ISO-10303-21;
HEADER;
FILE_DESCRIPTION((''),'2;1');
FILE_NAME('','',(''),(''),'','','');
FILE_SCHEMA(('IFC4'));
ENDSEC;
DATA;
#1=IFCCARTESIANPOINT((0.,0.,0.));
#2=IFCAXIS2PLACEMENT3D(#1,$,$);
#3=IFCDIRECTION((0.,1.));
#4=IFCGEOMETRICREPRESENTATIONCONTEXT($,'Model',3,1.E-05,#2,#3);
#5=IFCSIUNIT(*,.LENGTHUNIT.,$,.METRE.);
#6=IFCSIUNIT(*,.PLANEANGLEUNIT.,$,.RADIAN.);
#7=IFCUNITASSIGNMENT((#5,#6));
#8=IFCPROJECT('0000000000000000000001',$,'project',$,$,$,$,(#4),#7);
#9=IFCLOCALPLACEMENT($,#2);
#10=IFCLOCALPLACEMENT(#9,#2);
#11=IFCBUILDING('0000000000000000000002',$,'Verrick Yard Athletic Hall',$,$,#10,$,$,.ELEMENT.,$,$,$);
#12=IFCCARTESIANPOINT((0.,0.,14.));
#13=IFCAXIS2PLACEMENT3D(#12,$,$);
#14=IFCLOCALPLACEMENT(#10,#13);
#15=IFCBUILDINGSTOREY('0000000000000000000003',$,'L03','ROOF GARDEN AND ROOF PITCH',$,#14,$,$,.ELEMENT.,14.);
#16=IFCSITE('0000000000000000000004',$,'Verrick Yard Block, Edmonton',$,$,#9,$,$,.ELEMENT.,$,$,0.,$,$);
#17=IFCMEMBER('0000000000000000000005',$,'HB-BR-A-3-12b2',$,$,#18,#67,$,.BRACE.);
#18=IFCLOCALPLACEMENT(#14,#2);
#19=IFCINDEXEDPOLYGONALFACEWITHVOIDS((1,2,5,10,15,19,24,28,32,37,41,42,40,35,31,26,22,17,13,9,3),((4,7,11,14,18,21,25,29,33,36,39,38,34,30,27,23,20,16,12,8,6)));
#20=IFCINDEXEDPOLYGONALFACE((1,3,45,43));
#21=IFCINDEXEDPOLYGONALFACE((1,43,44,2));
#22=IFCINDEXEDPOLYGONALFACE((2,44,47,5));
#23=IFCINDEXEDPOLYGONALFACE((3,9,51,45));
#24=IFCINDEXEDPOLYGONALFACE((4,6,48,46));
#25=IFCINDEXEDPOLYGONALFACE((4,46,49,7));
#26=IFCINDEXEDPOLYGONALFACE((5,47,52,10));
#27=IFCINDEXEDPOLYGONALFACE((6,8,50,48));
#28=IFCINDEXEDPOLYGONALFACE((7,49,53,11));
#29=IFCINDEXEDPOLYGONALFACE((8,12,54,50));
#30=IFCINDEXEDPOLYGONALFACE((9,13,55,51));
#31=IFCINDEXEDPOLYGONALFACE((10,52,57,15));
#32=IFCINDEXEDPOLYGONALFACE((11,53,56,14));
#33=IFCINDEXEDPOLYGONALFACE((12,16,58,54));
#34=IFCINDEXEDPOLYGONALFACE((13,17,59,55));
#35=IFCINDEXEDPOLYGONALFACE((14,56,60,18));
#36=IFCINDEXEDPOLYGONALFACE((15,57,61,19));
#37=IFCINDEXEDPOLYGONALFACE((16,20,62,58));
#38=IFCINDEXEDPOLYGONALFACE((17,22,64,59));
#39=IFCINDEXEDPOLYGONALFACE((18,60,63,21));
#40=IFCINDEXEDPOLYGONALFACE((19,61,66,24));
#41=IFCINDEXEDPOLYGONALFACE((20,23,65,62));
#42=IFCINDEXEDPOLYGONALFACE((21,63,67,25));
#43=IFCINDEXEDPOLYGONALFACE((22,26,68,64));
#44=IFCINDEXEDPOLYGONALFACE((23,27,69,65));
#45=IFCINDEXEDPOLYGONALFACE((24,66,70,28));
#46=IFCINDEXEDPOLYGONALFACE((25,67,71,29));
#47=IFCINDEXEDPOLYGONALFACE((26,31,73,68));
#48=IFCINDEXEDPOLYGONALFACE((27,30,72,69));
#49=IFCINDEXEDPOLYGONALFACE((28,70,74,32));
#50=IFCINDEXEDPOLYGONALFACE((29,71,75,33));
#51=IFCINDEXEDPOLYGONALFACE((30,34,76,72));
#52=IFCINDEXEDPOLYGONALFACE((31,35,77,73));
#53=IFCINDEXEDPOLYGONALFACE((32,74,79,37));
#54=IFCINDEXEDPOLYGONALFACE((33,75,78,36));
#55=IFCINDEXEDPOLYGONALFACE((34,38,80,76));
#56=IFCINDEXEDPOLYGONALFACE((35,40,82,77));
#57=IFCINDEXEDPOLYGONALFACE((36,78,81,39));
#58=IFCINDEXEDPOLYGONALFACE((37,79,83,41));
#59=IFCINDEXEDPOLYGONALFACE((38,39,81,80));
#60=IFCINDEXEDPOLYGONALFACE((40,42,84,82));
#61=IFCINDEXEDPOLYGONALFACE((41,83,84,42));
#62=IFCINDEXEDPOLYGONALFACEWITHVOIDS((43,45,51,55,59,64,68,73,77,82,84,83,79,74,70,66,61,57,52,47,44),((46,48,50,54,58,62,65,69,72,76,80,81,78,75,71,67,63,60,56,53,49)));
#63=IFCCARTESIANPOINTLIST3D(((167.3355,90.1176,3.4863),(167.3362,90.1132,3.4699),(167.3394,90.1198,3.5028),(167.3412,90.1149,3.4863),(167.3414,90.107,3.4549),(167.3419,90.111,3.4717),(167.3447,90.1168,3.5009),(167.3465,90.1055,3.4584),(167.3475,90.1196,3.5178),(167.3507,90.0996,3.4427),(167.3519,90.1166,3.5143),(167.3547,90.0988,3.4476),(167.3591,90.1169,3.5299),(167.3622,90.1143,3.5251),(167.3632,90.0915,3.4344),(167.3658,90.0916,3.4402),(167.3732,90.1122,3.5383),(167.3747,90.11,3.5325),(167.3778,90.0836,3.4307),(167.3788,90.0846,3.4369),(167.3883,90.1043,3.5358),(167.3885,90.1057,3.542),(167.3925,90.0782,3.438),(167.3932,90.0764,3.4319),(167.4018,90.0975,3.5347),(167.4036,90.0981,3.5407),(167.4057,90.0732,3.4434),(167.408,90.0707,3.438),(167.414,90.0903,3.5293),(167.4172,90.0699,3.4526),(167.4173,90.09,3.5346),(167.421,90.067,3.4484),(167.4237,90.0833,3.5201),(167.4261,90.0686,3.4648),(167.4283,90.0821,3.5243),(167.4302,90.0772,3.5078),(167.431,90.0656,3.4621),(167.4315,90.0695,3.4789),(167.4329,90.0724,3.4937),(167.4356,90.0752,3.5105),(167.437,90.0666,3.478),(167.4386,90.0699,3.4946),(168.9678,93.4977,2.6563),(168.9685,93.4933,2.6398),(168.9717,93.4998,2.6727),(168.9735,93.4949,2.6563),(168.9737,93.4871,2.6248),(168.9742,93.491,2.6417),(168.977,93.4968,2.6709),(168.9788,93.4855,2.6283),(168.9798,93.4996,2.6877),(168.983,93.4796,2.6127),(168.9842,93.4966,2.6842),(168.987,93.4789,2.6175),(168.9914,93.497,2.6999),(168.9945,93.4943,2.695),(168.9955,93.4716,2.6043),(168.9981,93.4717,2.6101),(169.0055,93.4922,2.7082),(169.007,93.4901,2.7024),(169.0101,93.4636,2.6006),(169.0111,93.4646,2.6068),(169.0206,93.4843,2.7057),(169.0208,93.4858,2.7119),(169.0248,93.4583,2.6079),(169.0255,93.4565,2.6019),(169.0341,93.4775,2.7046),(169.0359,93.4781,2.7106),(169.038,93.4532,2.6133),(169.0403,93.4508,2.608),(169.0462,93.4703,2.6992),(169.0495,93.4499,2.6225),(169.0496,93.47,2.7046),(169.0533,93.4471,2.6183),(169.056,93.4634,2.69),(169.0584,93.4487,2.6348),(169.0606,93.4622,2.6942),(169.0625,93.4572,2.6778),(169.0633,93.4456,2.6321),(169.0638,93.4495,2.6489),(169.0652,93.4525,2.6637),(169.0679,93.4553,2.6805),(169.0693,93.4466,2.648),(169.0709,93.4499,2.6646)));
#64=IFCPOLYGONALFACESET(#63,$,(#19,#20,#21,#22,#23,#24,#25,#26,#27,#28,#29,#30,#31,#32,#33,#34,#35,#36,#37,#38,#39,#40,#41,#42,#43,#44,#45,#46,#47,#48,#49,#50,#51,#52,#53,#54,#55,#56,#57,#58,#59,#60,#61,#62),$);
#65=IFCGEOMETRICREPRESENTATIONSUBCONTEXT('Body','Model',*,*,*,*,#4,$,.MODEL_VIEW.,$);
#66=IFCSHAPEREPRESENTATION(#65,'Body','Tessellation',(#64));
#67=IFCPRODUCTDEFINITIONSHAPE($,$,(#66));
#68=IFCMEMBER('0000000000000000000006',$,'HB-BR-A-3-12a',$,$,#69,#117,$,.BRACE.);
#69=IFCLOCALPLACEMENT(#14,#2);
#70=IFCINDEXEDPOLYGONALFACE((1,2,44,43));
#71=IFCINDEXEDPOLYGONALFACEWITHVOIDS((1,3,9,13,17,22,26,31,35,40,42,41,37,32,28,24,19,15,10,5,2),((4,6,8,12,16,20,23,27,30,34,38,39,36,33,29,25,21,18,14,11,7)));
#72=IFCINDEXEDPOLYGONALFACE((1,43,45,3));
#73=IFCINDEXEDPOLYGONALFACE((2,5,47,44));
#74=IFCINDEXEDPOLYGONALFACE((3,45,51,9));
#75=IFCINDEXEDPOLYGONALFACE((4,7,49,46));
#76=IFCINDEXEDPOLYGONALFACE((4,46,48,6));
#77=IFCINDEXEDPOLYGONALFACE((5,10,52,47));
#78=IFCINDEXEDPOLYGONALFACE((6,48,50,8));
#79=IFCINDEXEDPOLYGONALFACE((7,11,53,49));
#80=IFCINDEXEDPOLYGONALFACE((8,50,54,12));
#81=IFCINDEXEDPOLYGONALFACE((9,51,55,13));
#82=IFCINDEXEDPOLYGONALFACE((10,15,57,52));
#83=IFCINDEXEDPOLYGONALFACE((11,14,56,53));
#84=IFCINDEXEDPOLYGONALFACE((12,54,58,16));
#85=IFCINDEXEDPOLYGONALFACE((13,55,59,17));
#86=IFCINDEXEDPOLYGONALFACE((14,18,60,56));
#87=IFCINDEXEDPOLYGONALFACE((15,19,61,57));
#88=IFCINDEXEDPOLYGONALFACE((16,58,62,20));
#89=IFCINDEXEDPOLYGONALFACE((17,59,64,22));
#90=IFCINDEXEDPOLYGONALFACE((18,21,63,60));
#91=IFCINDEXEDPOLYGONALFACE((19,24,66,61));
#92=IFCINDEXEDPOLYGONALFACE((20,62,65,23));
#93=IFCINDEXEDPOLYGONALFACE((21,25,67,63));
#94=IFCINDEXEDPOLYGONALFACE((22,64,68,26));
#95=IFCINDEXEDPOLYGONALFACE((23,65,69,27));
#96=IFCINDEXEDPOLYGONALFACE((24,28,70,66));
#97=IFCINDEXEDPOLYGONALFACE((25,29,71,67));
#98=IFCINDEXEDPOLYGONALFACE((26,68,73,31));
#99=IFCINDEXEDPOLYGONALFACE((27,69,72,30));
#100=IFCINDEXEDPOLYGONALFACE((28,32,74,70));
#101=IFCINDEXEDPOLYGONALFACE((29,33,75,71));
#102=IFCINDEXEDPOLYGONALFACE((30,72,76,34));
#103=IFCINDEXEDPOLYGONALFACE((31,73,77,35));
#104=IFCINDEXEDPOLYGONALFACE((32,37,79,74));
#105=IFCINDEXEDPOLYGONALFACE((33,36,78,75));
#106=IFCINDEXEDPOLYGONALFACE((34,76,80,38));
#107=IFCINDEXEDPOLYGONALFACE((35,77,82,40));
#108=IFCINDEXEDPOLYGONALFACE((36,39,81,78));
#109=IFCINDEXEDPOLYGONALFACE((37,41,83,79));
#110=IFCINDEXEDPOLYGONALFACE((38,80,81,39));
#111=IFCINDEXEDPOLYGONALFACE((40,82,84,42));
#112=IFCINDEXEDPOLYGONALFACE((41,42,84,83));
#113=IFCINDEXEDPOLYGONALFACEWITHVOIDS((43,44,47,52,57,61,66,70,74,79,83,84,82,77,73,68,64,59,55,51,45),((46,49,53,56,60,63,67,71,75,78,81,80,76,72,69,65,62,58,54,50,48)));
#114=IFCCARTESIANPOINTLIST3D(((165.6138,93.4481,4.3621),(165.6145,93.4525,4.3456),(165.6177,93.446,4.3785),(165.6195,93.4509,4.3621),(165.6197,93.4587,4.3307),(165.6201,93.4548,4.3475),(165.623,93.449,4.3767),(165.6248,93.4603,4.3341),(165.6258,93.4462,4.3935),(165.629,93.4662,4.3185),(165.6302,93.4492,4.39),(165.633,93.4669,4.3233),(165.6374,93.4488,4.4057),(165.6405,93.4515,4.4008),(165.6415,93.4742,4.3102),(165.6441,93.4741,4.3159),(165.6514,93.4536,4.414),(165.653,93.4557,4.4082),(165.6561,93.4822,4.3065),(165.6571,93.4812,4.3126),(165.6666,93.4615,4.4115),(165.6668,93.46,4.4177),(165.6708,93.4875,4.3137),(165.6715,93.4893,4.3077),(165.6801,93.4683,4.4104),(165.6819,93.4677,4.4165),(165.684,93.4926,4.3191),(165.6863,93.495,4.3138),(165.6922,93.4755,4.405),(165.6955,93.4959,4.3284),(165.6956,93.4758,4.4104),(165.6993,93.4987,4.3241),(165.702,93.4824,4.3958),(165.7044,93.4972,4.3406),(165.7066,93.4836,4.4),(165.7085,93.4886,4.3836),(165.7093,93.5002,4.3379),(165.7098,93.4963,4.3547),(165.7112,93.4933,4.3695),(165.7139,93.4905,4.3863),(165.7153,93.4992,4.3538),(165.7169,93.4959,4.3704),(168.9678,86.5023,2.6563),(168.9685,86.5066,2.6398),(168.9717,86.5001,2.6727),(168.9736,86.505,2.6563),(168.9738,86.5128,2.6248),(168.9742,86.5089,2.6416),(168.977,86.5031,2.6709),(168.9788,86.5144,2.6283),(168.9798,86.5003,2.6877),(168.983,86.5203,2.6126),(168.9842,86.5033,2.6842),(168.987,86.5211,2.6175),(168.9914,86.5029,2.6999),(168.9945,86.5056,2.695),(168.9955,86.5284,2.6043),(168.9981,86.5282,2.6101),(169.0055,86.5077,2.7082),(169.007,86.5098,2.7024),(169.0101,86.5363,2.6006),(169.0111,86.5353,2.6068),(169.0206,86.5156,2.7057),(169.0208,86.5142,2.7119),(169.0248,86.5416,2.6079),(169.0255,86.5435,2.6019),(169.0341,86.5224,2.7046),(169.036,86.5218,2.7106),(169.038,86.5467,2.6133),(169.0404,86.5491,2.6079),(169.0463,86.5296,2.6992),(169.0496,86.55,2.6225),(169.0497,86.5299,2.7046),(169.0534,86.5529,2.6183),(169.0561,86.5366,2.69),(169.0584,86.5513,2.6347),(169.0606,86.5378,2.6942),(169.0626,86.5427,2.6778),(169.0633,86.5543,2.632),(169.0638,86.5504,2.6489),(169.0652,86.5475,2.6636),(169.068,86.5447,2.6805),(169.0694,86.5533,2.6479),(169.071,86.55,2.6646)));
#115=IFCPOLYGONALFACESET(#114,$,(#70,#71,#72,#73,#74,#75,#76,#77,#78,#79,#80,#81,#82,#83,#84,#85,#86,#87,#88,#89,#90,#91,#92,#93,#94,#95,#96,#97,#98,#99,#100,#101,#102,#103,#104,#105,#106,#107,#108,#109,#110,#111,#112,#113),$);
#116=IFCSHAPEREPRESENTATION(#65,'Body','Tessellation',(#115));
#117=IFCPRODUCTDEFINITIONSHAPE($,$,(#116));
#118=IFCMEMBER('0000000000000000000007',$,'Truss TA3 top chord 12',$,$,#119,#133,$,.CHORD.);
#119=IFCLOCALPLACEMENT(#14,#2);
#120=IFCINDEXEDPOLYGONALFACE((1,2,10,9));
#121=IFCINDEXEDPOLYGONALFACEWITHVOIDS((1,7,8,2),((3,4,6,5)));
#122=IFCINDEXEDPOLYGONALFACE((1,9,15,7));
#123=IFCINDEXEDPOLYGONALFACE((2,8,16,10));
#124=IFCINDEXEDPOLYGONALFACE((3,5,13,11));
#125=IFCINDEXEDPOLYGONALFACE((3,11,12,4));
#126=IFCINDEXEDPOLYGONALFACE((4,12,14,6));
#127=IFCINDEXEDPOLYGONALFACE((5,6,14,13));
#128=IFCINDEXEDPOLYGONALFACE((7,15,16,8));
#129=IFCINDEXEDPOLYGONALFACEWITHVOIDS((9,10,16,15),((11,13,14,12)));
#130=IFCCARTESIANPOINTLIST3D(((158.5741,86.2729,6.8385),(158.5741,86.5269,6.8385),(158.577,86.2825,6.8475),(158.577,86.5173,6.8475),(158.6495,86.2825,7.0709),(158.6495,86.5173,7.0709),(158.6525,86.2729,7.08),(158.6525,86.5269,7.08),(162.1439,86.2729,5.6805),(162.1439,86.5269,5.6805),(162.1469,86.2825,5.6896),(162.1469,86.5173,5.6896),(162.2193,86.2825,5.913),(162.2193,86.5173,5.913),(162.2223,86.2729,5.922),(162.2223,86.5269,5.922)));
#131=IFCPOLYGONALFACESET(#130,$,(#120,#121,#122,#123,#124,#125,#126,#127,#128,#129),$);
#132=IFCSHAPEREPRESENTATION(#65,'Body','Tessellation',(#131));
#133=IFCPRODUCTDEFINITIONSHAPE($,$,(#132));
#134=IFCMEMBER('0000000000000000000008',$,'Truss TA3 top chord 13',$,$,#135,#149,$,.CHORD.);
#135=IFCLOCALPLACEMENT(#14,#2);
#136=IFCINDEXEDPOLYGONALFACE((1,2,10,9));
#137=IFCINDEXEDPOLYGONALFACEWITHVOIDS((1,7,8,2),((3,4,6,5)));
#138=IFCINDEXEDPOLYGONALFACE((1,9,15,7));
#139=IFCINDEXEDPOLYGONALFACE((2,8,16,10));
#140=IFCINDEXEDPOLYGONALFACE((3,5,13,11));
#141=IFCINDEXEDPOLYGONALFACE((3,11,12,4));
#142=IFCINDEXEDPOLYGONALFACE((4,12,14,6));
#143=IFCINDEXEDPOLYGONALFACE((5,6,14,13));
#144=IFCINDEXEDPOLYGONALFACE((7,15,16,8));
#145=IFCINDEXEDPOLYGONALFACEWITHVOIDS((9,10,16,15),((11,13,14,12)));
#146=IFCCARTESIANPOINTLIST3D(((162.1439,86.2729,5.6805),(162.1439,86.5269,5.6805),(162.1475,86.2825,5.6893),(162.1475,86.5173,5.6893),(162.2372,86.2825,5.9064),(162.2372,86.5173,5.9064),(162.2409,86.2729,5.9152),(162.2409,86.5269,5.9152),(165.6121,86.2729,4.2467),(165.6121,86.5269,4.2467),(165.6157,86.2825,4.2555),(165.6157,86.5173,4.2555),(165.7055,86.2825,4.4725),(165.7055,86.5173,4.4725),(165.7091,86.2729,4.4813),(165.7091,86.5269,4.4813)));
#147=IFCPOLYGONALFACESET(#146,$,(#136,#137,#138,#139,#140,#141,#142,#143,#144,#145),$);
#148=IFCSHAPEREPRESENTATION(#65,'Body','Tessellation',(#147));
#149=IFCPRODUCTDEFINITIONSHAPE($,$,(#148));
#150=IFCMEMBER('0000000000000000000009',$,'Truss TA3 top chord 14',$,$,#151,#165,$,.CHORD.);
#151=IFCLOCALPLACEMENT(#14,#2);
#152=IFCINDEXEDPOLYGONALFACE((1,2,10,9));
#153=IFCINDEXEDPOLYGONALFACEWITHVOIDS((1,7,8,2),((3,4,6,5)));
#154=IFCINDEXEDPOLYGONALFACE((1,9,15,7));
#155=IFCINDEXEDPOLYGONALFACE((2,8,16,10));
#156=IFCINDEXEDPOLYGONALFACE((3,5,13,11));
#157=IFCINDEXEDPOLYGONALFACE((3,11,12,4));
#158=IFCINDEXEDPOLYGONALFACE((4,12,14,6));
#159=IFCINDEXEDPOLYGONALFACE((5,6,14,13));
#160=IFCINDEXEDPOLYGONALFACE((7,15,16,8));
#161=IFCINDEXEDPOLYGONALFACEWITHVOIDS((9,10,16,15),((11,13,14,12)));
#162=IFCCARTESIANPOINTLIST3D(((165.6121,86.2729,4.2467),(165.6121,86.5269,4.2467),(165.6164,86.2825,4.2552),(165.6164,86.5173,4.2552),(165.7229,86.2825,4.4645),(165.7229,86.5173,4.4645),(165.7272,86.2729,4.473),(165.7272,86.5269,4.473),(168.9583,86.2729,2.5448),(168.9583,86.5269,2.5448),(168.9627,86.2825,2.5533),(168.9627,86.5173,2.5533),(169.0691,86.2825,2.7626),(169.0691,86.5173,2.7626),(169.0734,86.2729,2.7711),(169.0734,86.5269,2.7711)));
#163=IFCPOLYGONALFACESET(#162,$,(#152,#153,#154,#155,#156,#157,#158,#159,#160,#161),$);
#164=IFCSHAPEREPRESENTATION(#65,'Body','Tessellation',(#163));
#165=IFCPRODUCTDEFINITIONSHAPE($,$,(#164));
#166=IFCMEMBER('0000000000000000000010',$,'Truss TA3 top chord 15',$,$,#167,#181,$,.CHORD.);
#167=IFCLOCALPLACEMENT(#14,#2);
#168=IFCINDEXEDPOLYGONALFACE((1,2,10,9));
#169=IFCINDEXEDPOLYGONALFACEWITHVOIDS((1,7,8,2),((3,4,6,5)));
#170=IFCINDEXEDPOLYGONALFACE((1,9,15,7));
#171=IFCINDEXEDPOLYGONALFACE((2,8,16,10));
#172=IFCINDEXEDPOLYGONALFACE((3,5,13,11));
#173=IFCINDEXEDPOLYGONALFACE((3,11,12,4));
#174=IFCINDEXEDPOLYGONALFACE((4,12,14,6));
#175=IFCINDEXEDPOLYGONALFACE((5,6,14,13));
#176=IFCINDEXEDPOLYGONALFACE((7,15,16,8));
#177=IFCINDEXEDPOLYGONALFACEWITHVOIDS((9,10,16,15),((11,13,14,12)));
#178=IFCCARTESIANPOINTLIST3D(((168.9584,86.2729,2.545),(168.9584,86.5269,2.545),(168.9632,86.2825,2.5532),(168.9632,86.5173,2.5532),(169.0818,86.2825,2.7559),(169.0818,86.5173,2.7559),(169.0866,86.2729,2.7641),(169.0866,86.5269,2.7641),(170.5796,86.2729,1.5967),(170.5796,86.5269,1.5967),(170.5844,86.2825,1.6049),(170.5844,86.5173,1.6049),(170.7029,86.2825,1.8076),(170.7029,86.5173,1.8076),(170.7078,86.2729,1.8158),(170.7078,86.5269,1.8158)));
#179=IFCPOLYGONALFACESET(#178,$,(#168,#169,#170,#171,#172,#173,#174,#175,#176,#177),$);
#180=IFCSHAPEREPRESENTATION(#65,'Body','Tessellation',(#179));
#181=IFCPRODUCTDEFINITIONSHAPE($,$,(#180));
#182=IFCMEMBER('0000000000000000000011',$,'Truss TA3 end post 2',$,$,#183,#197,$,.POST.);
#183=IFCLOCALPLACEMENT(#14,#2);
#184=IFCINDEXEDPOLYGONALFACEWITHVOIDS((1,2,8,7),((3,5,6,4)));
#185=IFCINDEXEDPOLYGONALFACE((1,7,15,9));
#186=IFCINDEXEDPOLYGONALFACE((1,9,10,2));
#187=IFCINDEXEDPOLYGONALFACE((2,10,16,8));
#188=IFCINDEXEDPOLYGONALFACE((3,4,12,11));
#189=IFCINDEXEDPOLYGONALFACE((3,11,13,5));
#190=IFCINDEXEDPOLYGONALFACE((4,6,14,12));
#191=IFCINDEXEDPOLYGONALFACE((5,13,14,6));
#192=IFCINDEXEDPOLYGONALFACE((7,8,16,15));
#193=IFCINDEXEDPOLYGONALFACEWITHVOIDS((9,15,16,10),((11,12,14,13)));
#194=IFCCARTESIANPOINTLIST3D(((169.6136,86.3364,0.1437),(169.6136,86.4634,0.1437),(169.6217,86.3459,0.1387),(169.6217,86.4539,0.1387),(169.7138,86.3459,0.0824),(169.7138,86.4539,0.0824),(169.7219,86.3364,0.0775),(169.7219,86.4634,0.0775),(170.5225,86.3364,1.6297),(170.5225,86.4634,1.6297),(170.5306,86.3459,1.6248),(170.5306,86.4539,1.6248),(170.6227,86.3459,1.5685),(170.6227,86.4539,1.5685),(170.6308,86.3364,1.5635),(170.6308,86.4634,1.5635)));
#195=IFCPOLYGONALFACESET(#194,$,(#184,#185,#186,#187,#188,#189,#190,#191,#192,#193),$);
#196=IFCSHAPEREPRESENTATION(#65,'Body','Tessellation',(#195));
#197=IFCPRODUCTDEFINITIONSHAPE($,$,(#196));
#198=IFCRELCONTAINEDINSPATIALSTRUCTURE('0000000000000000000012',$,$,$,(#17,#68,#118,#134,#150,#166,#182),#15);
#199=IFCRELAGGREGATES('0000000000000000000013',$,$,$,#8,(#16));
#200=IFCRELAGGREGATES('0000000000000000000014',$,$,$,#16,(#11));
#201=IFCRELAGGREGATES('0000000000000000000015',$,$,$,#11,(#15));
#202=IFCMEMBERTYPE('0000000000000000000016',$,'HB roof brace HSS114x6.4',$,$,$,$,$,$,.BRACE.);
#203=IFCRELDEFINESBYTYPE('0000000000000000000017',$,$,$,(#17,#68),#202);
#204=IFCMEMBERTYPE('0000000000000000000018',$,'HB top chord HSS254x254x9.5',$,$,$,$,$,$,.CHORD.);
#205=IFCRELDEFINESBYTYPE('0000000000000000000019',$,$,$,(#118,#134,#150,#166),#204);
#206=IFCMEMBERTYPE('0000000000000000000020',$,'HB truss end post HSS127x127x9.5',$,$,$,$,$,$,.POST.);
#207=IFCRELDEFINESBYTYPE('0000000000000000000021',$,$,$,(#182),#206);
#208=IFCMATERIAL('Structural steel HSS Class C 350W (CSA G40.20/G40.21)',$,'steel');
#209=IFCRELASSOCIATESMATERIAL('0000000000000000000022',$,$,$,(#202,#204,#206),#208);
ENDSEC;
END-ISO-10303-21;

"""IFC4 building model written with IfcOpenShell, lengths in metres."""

from ifc_helpers import new_model, si_unit, direction, frame, origin, origin_2d, place, context, subcontext, project, spatial, hollow_rectangle, hollow_circle, extrude, material, material_profile, profile_set, type_object, element, save


model = new_model("IFC4")

# Units and contexts
model_context = context("Model", 3, precision=1e-05, world=origin(), true_north=direction((0.0, 1.0)))
body_context = subcontext(model_context, "Body", "Model", "MODEL_VIEW")
ifc_project = project(units=[si_unit("LENGTHUNIT", "METRE"), si_unit("PLANEANGLEUNIT", "RADIAN")], contexts=[model_context])

# Site, building, storey
site_placement = place(None, origin())
site = spatial("IfcSite", under=ifc_project, at=site_placement, Name="Verrick Yard Block, Edmonton", CompositionType="ELEMENT", RefElevation=0.0)
building_placement = place(site_placement, origin())
building = spatial("IfcBuilding", under=site, at=building_placement, Name="Verrick Yard Athletic Hall", CompositionType="ELEMENT")
storey_placement = place(building_placement, frame((0.0, 0.0, 14.0)))
storey = spatial("IfcBuildingStorey", under=building, at=storey_placement, Name="L03", Description="ROOF GARDEN AND ROOF PITCH", CompositionType="ELEMENT", Elevation=14.0)

# Members
ifc_material_1 = material(Name="Structural steel HSS Class C 350W (CSA G40.20/G40.21)", Category="steel")
ifc_material_profile_1 = material_profile(ifc_material_1, hollow_circle(Radius=0.0571, WallThickness=0.0063, at=origin_2d()), Name="HSS114x6.4")
ifc_profile_set_1 = profile_set([ifc_material_profile_1], Name="Structural steel HSS Class C 350W (CSA G40.20/G40.21)")
member_type_1 = type_object("IfcMemberType", Name="HB roof brace HSS114x6.4", PredefinedType="BRACE", material=ifc_profile_set_1)
for number, where, z_axis, x_axis, name in (
    (1, (167.387, 90.0928, 3.4863), (0.424607, 0.879253, -0.215923), (-0.900495, 0.434865, 0.0), "HB-BR-A-3-12b2"),
):
    element("IfcMember", number, at=place(storey_placement, frame(where, z_axis=z_axis, x_axis=x_axis)), inside=storey, type_object=member_type_1, Name=name, PredefinedType="BRACE", context=body_context, shape_type="SweptSolid", body=[
        extrude(hollow_circle(Radius=0.0571, WallThickness=0.0063, at=origin_2d()), origin(), (0.0, 0.0, 1.0), 3.8442),
    ])
member_1_placement = place(storey_placement, frame((169.0193, 86.5271, 2.6562), z_axis=(-0.42458, 0.879263, 0.215937), x_axis=(-0.900508, -0.434839, 0.0)))
element("IfcMember", 2, at=member_1_placement, inside=storey, type_object=member_type_1, Name="HB-BR-A-3-12a", PredefinedType="BRACE", context=body_context, shape_type="SweptSolid", body=[
    extrude(hollow_circle(Radius=0.0571, WallThickness=0.0063, at=origin_2d()), origin(), (0.0, 0.0, 1.0), 7.8997),
])
ifc_material_profile_2 = material_profile(ifc_material_1, hollow_rectangle(XDim=0.2539, YDim=0.2539, WallThickness=0.0095, at=origin_2d()), Name="HSS254x254x9.5")
ifc_profile_set_2 = profile_set([ifc_material_profile_2], Name="Structural steel HSS Class C 350W (CSA G40.20/G40.21)")
member_type_2 = type_object("IfcMemberType", Name="HB top chord HSS254x254x9.5", PredefinedType="CHORD", material=ifc_profile_set_2)
for number, where, z_axis, x_axis, name in (
    (3, (158.6133, 86.3999, 6.9592), (0.951209, 0.0, -0.308548), (0.0, 1.0, 0.0), "Truss TA3 top chord 12"),
    (4, (162.1924, 86.3999, 5.7979), (0.92414, 0.0, -0.382055), (0.0, 1.0, 0.0), "Truss TA3 top chord 13"),
):
    element("IfcMember", number, at=place(storey_placement, frame(where, z_axis=z_axis, x_axis=x_axis)), inside=storey, type_object=member_type_2, Name=name, PredefinedType="CHORD", context=body_context, shape_type="SweptSolid", body=[
        extrude(hollow_rectangle(XDim=0.2539, YDim=0.2539, WallThickness=0.0095, at=origin_2d()), origin(), (0.0, 0.0, 1.0), 3.7529),
    ])
member_2_placement = place(storey_placement, frame((165.6697, 86.3999, 4.3599), z_axis=(0.891337, 0.0, -0.453342), x_axis=(0.0, 1.0, 0.0)))
element("IfcMember", 5, at=member_2_placement, inside=storey, type_object=member_type_2, Name="Truss TA3 top chord 14", PredefinedType="CHORD", context=body_context, shape_type="SweptSolid", body=[
    extrude(hollow_rectangle(XDim=0.2539, YDim=0.2539, WallThickness=0.0095, at=origin_2d()), origin(), (0.0, 0.0, 1.0), 3.7542),
])
member_3_placement = place(storey_placement, frame((169.0225, 86.3999, 2.6545), z_axis=(0.863175, 0.0, -0.504905), x_axis=(0.0, 1.0, 0.0)))
element("IfcMember", 6, at=member_3_placement, inside=storey, type_object=member_type_2, Name="Truss TA3 top chord 15", PredefinedType="CHORD", context=body_context, shape_type="SweptSolid", body=[
    extrude(hollow_rectangle(XDim=0.2539, YDim=0.2539, WallThickness=0.0095, at=origin_2d()), origin(), (0.0, 0.0, 1.0), 1.8782),
])
ifc_material_profile_3 = material_profile(ifc_material_1, hollow_rectangle(XDim=0.127, YDim=0.127, WallThickness=0.0095, at=origin_2d()), Name="HSS127x127x9.5")
ifc_profile_set_3 = profile_set([ifc_material_profile_3], Name="Structural steel HSS Class C 350W (CSA G40.20/G40.21)")
member_type_3 = type_object("IfcMemberType", Name="HB truss end post HSS127x127x9.5", PredefinedType="POST", material=ifc_profile_set_3)
member_4_placement = place(storey_placement, frame((169.6677, 86.3999, 0.1106), z_axis=(0.521773, 0.0, 0.853084), x_axis=(0.0, 1.0, 0.0)))
element("IfcMember", 7, at=member_4_placement, inside=storey, type_object=member_type_3, Name="Truss TA3 end post 2", PredefinedType="POST", context=body_context, shape_type="SweptSolid", body=[
    extrude(hollow_rectangle(XDim=0.127, YDim=0.127, WallThickness=0.0095, at=origin_2d()), origin(), (0.0, 0.0, 1.0), 1.7419),
])

save(model, "model.ifc")
